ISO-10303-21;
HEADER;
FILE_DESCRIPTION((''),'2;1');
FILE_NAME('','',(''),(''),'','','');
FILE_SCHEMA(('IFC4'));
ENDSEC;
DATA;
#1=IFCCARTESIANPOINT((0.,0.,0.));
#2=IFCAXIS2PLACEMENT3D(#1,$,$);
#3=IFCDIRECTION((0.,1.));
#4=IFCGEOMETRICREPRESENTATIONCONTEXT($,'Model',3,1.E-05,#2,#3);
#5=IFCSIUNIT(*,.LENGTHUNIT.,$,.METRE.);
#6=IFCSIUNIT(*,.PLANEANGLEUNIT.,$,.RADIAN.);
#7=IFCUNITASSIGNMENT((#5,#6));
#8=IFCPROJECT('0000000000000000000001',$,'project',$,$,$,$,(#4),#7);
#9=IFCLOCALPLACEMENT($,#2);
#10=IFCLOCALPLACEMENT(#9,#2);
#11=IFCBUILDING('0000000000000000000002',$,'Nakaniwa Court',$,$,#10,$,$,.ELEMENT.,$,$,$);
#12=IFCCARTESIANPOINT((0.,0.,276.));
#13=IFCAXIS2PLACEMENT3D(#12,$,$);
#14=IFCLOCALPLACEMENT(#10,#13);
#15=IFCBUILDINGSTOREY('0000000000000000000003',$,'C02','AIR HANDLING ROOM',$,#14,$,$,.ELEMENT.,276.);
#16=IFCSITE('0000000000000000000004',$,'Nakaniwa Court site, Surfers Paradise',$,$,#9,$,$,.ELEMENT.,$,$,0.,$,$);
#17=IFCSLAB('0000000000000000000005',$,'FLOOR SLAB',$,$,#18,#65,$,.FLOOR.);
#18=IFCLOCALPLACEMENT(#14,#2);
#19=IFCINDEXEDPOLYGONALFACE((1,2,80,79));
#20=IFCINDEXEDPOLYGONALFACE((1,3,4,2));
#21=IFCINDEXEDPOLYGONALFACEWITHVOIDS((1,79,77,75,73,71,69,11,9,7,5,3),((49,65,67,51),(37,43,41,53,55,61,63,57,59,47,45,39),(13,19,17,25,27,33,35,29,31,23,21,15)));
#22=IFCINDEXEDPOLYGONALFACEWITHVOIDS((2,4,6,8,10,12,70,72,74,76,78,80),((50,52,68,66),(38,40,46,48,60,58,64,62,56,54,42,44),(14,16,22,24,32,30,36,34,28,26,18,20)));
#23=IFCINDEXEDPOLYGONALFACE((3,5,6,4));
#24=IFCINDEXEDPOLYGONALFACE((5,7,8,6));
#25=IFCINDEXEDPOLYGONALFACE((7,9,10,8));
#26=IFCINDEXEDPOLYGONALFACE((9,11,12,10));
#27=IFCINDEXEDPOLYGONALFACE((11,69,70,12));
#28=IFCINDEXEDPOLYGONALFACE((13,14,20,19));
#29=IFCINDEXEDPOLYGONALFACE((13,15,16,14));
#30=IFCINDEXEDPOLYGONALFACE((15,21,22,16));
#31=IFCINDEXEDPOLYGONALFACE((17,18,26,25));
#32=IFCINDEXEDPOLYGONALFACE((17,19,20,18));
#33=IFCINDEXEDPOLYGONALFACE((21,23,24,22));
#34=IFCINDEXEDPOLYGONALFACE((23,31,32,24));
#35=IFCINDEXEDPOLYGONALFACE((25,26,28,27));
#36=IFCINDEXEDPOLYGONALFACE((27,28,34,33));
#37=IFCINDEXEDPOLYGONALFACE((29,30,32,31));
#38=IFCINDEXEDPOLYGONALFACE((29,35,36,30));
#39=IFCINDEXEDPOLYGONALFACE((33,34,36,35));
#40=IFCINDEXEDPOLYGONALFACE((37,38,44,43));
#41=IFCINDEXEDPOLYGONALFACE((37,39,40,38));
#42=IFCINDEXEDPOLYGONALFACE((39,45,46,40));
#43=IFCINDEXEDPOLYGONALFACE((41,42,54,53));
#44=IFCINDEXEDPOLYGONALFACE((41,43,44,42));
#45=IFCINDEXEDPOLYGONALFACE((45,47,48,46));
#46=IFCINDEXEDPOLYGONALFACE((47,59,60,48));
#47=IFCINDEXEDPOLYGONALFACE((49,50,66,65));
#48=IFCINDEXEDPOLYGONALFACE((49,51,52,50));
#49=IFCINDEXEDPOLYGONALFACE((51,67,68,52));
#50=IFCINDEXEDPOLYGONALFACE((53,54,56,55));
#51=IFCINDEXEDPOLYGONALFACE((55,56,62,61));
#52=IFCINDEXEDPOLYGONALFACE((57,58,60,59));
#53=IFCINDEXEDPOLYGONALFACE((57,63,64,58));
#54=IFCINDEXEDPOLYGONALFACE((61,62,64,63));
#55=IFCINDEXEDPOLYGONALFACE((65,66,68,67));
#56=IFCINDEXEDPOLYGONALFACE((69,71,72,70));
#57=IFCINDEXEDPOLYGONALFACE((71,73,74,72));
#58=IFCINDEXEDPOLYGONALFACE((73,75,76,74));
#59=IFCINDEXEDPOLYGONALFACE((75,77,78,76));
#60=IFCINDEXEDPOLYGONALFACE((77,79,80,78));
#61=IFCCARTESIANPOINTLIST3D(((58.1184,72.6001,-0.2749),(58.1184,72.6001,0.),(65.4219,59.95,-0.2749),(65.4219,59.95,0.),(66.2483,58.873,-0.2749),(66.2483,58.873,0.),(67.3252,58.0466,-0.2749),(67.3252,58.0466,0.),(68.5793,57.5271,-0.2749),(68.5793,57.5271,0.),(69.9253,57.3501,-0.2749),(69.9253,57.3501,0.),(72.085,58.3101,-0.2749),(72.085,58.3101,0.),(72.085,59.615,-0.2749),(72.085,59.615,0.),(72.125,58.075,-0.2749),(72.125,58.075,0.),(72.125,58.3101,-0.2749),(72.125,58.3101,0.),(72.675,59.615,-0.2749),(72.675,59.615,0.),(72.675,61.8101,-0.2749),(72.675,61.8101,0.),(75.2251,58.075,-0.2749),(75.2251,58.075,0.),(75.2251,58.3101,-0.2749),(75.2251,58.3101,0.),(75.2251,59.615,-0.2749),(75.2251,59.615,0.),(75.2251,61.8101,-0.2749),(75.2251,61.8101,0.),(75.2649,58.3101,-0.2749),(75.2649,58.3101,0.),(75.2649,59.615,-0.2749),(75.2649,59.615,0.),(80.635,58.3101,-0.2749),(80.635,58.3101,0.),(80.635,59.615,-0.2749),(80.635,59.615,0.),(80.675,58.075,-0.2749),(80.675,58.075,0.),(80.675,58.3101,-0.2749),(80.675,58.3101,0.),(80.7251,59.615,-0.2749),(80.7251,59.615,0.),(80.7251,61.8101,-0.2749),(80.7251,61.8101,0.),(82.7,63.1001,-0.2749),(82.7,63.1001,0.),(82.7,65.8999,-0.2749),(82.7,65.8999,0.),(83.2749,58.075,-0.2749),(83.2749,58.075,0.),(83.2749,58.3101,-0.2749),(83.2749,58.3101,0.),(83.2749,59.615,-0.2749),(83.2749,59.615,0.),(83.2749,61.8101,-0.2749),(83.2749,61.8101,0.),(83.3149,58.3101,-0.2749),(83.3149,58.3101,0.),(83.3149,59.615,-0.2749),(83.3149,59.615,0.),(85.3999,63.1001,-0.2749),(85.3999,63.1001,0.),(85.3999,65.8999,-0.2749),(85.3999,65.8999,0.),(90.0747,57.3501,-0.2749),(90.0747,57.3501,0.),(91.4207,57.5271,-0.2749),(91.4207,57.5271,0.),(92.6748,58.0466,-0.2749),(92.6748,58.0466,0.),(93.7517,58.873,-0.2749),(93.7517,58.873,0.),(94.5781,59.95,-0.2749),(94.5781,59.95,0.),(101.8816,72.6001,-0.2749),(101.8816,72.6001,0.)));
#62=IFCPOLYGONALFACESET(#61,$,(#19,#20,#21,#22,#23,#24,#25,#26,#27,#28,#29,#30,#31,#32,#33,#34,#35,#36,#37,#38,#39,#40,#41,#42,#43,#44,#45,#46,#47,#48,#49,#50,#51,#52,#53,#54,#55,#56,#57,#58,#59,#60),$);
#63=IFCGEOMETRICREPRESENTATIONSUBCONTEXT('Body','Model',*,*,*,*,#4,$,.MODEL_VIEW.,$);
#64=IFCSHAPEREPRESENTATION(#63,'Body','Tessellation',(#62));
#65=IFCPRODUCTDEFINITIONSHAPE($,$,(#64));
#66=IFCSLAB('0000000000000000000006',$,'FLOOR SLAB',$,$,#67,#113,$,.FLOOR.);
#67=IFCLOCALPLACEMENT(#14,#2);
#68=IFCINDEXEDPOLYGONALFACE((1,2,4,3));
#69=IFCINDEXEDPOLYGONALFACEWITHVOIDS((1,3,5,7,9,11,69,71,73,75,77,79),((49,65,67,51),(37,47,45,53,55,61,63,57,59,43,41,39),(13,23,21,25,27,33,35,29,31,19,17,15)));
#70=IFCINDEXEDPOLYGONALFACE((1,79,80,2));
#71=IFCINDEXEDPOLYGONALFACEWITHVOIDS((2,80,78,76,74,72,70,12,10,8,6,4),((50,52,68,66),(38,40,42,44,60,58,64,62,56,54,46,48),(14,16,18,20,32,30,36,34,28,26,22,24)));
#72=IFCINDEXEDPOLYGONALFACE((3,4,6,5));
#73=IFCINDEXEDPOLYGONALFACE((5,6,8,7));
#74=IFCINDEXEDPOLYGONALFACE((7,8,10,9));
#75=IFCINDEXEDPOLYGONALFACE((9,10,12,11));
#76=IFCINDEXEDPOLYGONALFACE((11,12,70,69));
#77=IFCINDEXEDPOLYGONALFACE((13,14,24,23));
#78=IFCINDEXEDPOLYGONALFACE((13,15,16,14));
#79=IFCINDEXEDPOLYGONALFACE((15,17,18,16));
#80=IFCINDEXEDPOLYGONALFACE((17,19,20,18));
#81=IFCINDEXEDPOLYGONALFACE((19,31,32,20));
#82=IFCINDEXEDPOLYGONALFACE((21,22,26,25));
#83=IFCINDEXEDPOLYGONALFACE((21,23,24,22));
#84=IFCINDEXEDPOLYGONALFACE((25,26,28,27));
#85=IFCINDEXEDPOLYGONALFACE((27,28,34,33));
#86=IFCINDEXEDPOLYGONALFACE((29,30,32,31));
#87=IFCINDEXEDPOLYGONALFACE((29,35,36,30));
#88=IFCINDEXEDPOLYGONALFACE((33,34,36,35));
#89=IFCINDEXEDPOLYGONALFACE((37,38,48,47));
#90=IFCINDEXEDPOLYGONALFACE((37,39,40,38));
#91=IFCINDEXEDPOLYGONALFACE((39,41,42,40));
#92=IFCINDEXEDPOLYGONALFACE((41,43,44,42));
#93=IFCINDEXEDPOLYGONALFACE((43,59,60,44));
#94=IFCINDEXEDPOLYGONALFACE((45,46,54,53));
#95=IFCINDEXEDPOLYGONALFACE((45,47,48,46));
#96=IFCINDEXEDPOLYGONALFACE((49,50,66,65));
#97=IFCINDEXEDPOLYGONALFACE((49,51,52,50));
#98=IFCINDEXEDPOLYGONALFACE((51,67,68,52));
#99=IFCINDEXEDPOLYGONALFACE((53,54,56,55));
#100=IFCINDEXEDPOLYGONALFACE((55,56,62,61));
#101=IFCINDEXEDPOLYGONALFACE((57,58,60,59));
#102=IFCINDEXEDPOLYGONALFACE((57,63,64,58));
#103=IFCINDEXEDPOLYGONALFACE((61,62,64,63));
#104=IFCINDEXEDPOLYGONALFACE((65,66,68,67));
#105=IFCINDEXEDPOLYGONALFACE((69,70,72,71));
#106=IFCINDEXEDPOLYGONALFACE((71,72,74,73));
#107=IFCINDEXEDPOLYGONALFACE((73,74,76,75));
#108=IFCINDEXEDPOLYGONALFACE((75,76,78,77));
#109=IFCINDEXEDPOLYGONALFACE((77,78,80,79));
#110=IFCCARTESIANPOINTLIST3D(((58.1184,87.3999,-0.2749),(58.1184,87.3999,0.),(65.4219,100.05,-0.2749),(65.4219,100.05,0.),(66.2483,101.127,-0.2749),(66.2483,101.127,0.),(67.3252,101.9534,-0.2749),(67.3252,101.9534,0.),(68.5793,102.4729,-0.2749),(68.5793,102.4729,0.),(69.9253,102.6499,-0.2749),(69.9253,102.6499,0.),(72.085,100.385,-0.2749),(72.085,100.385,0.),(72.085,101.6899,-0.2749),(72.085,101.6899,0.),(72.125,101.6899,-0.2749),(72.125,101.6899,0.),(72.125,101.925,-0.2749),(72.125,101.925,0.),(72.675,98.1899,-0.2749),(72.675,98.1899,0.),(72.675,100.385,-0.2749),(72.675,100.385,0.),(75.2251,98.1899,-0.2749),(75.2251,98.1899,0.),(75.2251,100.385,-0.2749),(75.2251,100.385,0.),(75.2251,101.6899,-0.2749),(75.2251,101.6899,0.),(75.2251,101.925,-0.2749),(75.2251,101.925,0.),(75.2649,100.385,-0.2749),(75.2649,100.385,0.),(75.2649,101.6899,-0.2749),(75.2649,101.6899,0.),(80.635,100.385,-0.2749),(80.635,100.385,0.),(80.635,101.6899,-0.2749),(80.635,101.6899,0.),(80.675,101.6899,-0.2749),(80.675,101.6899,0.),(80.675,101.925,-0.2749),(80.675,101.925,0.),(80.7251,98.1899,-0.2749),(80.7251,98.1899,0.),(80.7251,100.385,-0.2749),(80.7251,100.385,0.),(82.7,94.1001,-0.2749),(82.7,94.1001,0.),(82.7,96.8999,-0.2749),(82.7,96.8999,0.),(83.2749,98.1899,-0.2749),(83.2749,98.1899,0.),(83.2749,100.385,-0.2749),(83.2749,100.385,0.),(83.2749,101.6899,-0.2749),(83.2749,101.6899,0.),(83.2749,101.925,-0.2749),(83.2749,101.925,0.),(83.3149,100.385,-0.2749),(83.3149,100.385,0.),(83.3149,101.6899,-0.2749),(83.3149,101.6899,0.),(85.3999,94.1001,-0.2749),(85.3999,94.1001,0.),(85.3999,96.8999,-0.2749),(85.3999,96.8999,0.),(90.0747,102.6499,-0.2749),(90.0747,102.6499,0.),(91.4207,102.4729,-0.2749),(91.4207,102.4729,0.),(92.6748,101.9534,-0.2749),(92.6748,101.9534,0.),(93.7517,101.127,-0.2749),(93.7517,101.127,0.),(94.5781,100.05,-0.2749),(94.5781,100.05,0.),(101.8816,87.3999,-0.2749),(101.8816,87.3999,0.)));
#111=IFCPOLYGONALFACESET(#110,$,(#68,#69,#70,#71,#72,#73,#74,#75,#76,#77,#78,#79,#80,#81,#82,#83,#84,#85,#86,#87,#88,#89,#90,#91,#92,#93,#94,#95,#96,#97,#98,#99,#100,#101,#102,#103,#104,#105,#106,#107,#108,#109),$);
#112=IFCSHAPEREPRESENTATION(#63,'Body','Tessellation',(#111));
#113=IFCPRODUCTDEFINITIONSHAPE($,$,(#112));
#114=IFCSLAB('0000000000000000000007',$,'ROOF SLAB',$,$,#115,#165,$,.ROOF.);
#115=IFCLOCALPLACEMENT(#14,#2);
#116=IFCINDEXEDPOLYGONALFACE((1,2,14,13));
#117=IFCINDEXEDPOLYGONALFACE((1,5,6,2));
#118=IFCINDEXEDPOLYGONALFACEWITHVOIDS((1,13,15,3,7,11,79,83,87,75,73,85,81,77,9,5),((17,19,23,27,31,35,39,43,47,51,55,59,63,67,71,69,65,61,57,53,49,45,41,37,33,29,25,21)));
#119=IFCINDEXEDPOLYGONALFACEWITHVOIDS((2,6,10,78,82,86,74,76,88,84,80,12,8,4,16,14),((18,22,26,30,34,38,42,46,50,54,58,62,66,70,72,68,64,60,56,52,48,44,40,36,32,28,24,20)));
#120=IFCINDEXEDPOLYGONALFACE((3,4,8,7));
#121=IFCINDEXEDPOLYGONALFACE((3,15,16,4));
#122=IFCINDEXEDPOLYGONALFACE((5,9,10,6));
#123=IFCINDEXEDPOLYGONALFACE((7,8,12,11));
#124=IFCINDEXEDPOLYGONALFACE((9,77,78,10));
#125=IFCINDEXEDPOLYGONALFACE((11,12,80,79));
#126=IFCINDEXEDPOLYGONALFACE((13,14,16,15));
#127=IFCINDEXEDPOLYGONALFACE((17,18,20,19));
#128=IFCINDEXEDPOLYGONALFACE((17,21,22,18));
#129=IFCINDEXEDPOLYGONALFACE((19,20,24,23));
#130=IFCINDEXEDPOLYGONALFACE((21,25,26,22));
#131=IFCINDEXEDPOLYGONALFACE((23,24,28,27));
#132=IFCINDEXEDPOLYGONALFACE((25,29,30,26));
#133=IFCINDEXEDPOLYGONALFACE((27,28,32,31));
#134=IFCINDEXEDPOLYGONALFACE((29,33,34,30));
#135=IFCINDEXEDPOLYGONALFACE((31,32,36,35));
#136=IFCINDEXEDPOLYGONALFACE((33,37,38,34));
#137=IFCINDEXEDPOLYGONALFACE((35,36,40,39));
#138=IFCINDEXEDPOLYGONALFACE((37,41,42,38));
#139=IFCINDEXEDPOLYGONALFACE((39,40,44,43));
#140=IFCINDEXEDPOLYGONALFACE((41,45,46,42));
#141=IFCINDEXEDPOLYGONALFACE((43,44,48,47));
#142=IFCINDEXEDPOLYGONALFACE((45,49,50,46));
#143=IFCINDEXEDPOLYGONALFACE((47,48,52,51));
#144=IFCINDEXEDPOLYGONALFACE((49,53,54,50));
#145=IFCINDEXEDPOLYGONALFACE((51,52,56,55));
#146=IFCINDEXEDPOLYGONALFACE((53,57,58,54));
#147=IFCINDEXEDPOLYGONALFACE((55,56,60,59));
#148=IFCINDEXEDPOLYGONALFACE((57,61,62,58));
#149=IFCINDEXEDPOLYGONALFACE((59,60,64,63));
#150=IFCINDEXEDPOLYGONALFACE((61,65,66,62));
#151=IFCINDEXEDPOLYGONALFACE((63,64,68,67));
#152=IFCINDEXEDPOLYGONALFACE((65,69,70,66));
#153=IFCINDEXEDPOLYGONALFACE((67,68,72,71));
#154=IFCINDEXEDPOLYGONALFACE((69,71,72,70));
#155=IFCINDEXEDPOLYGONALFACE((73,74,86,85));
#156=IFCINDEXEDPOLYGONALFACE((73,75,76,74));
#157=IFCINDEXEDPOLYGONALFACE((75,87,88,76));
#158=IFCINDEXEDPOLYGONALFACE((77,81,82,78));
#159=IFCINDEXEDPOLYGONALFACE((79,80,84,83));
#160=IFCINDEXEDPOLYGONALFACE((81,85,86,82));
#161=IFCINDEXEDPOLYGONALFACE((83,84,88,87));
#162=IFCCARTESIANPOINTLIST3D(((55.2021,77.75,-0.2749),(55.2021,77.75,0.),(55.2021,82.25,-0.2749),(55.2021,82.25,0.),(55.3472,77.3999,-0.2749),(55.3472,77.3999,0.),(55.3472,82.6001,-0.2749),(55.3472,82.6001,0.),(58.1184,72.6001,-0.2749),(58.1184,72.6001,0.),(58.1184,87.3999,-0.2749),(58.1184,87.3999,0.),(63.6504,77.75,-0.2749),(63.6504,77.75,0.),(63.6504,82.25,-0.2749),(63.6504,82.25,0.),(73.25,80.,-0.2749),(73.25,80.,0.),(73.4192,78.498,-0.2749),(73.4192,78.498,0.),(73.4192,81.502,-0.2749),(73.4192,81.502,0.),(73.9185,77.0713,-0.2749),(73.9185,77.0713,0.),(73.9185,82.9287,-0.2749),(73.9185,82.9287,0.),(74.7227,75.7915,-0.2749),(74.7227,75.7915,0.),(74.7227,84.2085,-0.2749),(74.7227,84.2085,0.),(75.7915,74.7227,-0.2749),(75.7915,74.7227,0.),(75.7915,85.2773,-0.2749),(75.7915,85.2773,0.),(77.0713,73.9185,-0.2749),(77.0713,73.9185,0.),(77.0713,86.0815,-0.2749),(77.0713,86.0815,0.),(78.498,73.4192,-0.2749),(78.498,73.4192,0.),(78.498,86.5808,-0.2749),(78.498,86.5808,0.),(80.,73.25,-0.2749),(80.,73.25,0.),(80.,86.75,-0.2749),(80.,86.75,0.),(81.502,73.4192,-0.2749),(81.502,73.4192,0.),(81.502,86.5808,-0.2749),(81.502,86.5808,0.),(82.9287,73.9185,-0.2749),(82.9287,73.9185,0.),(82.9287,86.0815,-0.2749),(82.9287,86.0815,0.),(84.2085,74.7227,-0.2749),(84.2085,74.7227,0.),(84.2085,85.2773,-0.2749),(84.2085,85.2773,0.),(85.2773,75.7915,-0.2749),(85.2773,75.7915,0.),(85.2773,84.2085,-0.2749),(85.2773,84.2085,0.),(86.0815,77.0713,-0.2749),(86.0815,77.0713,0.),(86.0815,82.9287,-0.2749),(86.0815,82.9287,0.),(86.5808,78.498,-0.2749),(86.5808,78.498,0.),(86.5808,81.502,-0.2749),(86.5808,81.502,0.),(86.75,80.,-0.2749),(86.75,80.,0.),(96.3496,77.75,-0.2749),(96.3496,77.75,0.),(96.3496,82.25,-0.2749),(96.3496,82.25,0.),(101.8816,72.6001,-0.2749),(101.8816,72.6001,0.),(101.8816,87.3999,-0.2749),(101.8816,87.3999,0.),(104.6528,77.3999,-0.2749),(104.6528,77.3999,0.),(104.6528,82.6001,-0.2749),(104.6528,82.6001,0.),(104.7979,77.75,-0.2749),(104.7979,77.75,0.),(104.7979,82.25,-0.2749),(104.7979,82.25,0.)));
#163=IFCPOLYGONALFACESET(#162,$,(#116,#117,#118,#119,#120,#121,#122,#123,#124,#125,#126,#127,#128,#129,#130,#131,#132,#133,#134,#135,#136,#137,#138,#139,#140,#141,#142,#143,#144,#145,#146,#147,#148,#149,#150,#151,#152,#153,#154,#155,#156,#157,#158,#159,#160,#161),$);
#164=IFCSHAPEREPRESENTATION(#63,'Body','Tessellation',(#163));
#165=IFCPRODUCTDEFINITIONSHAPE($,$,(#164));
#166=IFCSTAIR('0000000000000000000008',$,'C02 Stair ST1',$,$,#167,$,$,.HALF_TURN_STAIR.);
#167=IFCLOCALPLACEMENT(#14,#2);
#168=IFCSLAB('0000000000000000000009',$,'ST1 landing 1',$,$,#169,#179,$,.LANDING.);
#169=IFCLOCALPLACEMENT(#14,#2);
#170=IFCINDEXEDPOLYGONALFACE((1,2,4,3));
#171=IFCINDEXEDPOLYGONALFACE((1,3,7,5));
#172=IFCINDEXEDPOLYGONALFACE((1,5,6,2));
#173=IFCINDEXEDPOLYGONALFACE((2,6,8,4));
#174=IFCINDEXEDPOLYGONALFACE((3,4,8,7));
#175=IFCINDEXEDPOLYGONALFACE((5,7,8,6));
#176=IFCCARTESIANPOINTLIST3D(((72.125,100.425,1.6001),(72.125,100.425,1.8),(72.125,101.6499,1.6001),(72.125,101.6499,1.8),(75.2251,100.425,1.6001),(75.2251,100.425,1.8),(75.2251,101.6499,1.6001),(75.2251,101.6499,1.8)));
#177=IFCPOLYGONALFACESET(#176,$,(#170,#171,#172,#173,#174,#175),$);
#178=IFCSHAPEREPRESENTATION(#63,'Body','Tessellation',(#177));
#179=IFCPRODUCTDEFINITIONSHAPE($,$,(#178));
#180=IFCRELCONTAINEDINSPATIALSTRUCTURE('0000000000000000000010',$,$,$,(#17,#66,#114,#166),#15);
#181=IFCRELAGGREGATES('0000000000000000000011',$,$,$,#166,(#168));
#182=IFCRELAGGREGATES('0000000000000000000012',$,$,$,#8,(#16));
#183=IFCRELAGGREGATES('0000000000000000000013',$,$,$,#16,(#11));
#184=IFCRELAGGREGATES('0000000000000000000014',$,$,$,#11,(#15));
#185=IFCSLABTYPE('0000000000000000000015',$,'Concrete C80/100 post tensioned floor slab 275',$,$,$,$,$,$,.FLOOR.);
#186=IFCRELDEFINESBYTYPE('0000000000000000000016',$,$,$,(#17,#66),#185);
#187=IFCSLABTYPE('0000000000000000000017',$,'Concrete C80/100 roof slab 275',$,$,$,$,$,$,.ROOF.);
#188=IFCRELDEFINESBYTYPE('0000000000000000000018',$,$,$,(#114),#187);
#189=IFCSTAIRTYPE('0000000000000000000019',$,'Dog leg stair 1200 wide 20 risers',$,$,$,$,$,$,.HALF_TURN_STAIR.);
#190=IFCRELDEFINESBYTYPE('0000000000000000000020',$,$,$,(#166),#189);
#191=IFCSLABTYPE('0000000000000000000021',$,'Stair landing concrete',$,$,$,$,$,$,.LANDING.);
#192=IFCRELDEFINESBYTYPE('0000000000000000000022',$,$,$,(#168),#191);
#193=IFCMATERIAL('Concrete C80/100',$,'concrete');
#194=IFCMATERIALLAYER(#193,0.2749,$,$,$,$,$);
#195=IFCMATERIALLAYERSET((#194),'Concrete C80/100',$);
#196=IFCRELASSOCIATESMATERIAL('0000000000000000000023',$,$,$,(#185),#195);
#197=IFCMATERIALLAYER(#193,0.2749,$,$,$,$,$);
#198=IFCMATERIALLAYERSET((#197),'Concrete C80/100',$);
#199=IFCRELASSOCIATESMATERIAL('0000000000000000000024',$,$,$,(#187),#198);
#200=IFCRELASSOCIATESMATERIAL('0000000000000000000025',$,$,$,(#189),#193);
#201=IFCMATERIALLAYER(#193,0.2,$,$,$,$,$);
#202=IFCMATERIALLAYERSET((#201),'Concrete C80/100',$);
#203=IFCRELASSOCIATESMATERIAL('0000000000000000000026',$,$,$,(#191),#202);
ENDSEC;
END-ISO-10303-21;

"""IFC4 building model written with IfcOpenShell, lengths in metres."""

from ifc_helpers import new_model, si_unit, direction, frame, origin, place, context, subcontext, project, spatial, polyline, outline, extrude, material, layer, layer_set, type_object, element, aggregate, save


model = new_model("IFC4")

# Units and contexts
model_context = context("Model", 3, precision=1e-05, world=origin(), true_north=direction((0.0, 1.0)))
body_context = subcontext(model_context, "Body", "Model", "MODEL_VIEW")
ifc_project = project(units=[si_unit("LENGTHUNIT", "METRE"), si_unit("PLANEANGLEUNIT", "RADIAN")], contexts=[model_context])

# Site, building, storey
site_placement = place(None, origin())
site = spatial("IfcSite", under=ifc_project, at=site_placement, Name="Nakaniwa Court site, Surfers Paradise", CompositionType="ELEMENT", RefElevation=0.0)
building_placement = place(site_placement, origin())
building = spatial("IfcBuilding", under=site, at=building_placement, Name="Nakaniwa Court", CompositionType="ELEMENT")
storey_placement = place(building_placement, frame((0.0, 0.0, 276.0)))
storey = spatial("IfcBuildingStorey", under=building, at=storey_placement, Name="C02", Description="AIR HANDLING ROOM", CompositionType="ELEMENT", Elevation=276.0)

# Shared definitions
ifc_material_1 = material(Name="Concrete C80/100", Category="concrete")

# Slabs
ifc_layer_1 = layer(ifc_material_1, 0.2749)
ifc_layer_set_1 = layer_set([ifc_layer_1], Name="Concrete C80/100")
slab_type_1 = type_object("IfcSlabType", Name="Concrete C80/100 post tensioned floor slab 275", PredefinedType="FLOOR", material=ifc_layer_set_1)
slab_1_placement = place(storey_placement, frame((0.0, 0.0, -0.2749)))
element("IfcSlab", 1, at=slab_1_placement, inside=storey, type_object=slab_type_1, Name="FLOOR SLAB", PredefinedType="FLOOR", context=body_context, shape_type="SweptSolid", body=[
    extrude(outline(polyline([(93.7517, 58.873), (94.5781, 59.95), (101.8816, 72.6001), (58.1184, 72.6001), (65.4219, 59.95), (66.2483, 58.873), (67.3252, 58.0466), (68.5793, 57.5271), (69.9253, 57.3501), (90.0747, 57.3501), (91.4207, 57.5271), (92.6748, 58.0466), (93.7517, 58.873)]), holes=[polyline([(75.2251, 58.3101), (75.2649, 58.3101), (75.2649, 59.615), (75.2251, 59.615), (75.2251, 61.8101), (72.675, 61.8101), (72.675, 59.615), (72.085, 59.615), (72.085, 58.3101), (72.125, 58.3101), (72.125, 58.075), (75.2251, 58.075), (75.2251, 58.3101)]), polyline([(83.2749, 58.3101), (83.3149, 58.3101), (83.3149, 59.615), (83.2749, 59.615), (83.2749, 61.8101), (80.7251, 61.8101), (80.7251, 59.615), (80.635, 59.615), (80.635, 58.3101), (80.675, 58.3101), (80.675, 58.075), (83.2749, 58.075), (83.2749, 58.3101)]), polyline([(82.7, 63.1001), (85.3999, 63.1001), (85.3999, 65.8999), (82.7, 65.8999), (82.7, 63.1001)])]), origin(), (0.0, 0.0, 1.0), 0.2749),
])
slab_2_placement = place(storey_placement, frame((0.0, 0.0, -0.2749)))
element("IfcSlab", 2, at=slab_2_placement, inside=storey, type_object=slab_type_1, Name="FLOOR SLAB", PredefinedType="FLOOR", context=body_context, shape_type="SweptSolid", body=[
    extrude(outline(polyline([(66.2483, 101.127), (65.4219, 100.05), (58.1184, 87.3999), (101.8816, 87.3999), (94.5781, 100.05), (93.7517, 101.127), (92.6748, 101.9534), (91.4207, 102.4729), (90.0747, 102.6499), (69.9253, 102.6499), (68.5793, 102.4729), (67.3252, 101.9534), (66.2483, 101.127)]), holes=[polyline([(85.3999, 94.1001), (85.3999, 96.8999), (82.7, 96.8999), (82.7, 94.1001), (85.3999, 94.1001)]), polyline([(75.2251, 98.1899), (75.2251, 100.385), (75.2649, 100.385), (75.2649, 101.6899), (75.2251, 101.6899), (75.2251, 101.925), (72.125, 101.925), (72.125, 101.6899), (72.085, 101.6899), (72.085, 100.385), (72.675, 100.385), (72.675, 98.1899), (75.2251, 98.1899)]), polyline([(83.2749, 100.385), (83.3149, 100.385), (83.3149, 101.6899), (83.2749, 101.6899), (83.2749, 101.925), (80.675, 101.925), (80.675, 101.6899), (80.635, 101.6899), (80.635, 100.385), (80.7251, 100.385), (80.7251, 98.1899), (83.2749, 98.1899), (83.2749, 100.385)])]), origin(), (0.0, 0.0, 1.0), 0.2749),
])
ifc_layer_2 = layer(ifc_material_1, 0.2749)
ifc_layer_set_2 = layer_set([ifc_layer_2], Name="Concrete C80/100")
slab_type_2 = type_object("IfcSlabType", Name="Concrete C80/100 roof slab 275", PredefinedType="ROOF", material=ifc_layer_set_2)
slab_3_placement = place(storey_placement, frame((0.0, 0.0, -0.2749)))
element("IfcSlab", 3, at=slab_3_placement, inside=storey, type_object=slab_type_2, Name="ROOF SLAB", PredefinedType="ROOF", context=body_context, shape_type="SweptSolid", body=[
    extrude(outline(polyline([(96.3496, 82.25), (104.7979, 82.25), (104.6528, 82.6001), (101.8816, 87.3999), (58.1184, 87.3999), (55.3472, 82.6001), (55.2021, 82.25), (63.6504, 82.25), (63.6504, 77.75), (55.2021, 77.75), (55.3472, 77.3999), (58.1184, 72.6001), (101.8816, 72.6001), (104.6528, 77.3999), (104.7979, 77.75), (96.3496, 77.75), (96.3496, 82.25)]), holes=[polyline([(86.0815, 82.9287), (85.2773, 84.2085), (84.2085, 85.2773), (82.9287, 86.0815), (81.502, 86.5808), (80.0, 86.75), (78.498, 86.5808), (77.0713, 86.0815), (75.7915, 85.2773), (74.7227, 84.2085), (73.9185, 82.9287), (73.4192, 81.502), (73.25, 80.0), (73.4192, 78.498), (73.9185, 77.0713), (74.7227, 75.7915), (75.7915, 74.7227), (77.0713, 73.9185), (78.498, 73.4192), (80.0, 73.25), (81.502, 73.4192), (82.9287, 73.9185), (84.2085, 74.7227), (85.2773, 75.7915), (86.0815, 77.0713), (86.5808, 78.498), (86.75, 80.0), (86.5808, 81.502), (86.0815, 82.9287)])]), origin(), (0.0, 0.0, 1.0), 0.2749),
])

# Stair, slab
stair_type = type_object("IfcStairType", Name="Dog leg stair 1200 wide 20 risers", PredefinedType="HALF_TURN_STAIR", material=ifc_material_1)
stair_1_placement = place(storey_placement, origin())
stair_1 = element("IfcStair", 4, at=stair_1_placement, inside=storey, type_object=stair_type, Name="C02 Stair ST1", PredefinedType="HALF_TURN_STAIR")
ifc_layer_3 = layer(ifc_material_1, 0.2)
ifc_layer_set_3 = layer_set([ifc_layer_3], Name="Concrete C80/100")
slab_type_3 = type_object("IfcSlabType", Name="Stair landing concrete", PredefinedType="LANDING", material=ifc_layer_set_3)
slab_4_placement = place(storey_placement, frame((0.0, 0.0, 1.6001)))
slab_4 = element("IfcSlab", 5, at=slab_4_placement, type_object=slab_type_3, Name="ST1 landing 1", PredefinedType="LANDING", context=body_context, shape_type="SweptSolid", body=[
    extrude(outline(polyline([(75.2251, 100.425), (75.2251, 101.6499), (72.125, 101.6499), (72.125, 100.425), (75.2251, 100.425)])), origin(), (0.0, 0.0, 1.0), 0.2),
])
aggregate(stair_1, [slab_4])

save(model, "model.ifc")
